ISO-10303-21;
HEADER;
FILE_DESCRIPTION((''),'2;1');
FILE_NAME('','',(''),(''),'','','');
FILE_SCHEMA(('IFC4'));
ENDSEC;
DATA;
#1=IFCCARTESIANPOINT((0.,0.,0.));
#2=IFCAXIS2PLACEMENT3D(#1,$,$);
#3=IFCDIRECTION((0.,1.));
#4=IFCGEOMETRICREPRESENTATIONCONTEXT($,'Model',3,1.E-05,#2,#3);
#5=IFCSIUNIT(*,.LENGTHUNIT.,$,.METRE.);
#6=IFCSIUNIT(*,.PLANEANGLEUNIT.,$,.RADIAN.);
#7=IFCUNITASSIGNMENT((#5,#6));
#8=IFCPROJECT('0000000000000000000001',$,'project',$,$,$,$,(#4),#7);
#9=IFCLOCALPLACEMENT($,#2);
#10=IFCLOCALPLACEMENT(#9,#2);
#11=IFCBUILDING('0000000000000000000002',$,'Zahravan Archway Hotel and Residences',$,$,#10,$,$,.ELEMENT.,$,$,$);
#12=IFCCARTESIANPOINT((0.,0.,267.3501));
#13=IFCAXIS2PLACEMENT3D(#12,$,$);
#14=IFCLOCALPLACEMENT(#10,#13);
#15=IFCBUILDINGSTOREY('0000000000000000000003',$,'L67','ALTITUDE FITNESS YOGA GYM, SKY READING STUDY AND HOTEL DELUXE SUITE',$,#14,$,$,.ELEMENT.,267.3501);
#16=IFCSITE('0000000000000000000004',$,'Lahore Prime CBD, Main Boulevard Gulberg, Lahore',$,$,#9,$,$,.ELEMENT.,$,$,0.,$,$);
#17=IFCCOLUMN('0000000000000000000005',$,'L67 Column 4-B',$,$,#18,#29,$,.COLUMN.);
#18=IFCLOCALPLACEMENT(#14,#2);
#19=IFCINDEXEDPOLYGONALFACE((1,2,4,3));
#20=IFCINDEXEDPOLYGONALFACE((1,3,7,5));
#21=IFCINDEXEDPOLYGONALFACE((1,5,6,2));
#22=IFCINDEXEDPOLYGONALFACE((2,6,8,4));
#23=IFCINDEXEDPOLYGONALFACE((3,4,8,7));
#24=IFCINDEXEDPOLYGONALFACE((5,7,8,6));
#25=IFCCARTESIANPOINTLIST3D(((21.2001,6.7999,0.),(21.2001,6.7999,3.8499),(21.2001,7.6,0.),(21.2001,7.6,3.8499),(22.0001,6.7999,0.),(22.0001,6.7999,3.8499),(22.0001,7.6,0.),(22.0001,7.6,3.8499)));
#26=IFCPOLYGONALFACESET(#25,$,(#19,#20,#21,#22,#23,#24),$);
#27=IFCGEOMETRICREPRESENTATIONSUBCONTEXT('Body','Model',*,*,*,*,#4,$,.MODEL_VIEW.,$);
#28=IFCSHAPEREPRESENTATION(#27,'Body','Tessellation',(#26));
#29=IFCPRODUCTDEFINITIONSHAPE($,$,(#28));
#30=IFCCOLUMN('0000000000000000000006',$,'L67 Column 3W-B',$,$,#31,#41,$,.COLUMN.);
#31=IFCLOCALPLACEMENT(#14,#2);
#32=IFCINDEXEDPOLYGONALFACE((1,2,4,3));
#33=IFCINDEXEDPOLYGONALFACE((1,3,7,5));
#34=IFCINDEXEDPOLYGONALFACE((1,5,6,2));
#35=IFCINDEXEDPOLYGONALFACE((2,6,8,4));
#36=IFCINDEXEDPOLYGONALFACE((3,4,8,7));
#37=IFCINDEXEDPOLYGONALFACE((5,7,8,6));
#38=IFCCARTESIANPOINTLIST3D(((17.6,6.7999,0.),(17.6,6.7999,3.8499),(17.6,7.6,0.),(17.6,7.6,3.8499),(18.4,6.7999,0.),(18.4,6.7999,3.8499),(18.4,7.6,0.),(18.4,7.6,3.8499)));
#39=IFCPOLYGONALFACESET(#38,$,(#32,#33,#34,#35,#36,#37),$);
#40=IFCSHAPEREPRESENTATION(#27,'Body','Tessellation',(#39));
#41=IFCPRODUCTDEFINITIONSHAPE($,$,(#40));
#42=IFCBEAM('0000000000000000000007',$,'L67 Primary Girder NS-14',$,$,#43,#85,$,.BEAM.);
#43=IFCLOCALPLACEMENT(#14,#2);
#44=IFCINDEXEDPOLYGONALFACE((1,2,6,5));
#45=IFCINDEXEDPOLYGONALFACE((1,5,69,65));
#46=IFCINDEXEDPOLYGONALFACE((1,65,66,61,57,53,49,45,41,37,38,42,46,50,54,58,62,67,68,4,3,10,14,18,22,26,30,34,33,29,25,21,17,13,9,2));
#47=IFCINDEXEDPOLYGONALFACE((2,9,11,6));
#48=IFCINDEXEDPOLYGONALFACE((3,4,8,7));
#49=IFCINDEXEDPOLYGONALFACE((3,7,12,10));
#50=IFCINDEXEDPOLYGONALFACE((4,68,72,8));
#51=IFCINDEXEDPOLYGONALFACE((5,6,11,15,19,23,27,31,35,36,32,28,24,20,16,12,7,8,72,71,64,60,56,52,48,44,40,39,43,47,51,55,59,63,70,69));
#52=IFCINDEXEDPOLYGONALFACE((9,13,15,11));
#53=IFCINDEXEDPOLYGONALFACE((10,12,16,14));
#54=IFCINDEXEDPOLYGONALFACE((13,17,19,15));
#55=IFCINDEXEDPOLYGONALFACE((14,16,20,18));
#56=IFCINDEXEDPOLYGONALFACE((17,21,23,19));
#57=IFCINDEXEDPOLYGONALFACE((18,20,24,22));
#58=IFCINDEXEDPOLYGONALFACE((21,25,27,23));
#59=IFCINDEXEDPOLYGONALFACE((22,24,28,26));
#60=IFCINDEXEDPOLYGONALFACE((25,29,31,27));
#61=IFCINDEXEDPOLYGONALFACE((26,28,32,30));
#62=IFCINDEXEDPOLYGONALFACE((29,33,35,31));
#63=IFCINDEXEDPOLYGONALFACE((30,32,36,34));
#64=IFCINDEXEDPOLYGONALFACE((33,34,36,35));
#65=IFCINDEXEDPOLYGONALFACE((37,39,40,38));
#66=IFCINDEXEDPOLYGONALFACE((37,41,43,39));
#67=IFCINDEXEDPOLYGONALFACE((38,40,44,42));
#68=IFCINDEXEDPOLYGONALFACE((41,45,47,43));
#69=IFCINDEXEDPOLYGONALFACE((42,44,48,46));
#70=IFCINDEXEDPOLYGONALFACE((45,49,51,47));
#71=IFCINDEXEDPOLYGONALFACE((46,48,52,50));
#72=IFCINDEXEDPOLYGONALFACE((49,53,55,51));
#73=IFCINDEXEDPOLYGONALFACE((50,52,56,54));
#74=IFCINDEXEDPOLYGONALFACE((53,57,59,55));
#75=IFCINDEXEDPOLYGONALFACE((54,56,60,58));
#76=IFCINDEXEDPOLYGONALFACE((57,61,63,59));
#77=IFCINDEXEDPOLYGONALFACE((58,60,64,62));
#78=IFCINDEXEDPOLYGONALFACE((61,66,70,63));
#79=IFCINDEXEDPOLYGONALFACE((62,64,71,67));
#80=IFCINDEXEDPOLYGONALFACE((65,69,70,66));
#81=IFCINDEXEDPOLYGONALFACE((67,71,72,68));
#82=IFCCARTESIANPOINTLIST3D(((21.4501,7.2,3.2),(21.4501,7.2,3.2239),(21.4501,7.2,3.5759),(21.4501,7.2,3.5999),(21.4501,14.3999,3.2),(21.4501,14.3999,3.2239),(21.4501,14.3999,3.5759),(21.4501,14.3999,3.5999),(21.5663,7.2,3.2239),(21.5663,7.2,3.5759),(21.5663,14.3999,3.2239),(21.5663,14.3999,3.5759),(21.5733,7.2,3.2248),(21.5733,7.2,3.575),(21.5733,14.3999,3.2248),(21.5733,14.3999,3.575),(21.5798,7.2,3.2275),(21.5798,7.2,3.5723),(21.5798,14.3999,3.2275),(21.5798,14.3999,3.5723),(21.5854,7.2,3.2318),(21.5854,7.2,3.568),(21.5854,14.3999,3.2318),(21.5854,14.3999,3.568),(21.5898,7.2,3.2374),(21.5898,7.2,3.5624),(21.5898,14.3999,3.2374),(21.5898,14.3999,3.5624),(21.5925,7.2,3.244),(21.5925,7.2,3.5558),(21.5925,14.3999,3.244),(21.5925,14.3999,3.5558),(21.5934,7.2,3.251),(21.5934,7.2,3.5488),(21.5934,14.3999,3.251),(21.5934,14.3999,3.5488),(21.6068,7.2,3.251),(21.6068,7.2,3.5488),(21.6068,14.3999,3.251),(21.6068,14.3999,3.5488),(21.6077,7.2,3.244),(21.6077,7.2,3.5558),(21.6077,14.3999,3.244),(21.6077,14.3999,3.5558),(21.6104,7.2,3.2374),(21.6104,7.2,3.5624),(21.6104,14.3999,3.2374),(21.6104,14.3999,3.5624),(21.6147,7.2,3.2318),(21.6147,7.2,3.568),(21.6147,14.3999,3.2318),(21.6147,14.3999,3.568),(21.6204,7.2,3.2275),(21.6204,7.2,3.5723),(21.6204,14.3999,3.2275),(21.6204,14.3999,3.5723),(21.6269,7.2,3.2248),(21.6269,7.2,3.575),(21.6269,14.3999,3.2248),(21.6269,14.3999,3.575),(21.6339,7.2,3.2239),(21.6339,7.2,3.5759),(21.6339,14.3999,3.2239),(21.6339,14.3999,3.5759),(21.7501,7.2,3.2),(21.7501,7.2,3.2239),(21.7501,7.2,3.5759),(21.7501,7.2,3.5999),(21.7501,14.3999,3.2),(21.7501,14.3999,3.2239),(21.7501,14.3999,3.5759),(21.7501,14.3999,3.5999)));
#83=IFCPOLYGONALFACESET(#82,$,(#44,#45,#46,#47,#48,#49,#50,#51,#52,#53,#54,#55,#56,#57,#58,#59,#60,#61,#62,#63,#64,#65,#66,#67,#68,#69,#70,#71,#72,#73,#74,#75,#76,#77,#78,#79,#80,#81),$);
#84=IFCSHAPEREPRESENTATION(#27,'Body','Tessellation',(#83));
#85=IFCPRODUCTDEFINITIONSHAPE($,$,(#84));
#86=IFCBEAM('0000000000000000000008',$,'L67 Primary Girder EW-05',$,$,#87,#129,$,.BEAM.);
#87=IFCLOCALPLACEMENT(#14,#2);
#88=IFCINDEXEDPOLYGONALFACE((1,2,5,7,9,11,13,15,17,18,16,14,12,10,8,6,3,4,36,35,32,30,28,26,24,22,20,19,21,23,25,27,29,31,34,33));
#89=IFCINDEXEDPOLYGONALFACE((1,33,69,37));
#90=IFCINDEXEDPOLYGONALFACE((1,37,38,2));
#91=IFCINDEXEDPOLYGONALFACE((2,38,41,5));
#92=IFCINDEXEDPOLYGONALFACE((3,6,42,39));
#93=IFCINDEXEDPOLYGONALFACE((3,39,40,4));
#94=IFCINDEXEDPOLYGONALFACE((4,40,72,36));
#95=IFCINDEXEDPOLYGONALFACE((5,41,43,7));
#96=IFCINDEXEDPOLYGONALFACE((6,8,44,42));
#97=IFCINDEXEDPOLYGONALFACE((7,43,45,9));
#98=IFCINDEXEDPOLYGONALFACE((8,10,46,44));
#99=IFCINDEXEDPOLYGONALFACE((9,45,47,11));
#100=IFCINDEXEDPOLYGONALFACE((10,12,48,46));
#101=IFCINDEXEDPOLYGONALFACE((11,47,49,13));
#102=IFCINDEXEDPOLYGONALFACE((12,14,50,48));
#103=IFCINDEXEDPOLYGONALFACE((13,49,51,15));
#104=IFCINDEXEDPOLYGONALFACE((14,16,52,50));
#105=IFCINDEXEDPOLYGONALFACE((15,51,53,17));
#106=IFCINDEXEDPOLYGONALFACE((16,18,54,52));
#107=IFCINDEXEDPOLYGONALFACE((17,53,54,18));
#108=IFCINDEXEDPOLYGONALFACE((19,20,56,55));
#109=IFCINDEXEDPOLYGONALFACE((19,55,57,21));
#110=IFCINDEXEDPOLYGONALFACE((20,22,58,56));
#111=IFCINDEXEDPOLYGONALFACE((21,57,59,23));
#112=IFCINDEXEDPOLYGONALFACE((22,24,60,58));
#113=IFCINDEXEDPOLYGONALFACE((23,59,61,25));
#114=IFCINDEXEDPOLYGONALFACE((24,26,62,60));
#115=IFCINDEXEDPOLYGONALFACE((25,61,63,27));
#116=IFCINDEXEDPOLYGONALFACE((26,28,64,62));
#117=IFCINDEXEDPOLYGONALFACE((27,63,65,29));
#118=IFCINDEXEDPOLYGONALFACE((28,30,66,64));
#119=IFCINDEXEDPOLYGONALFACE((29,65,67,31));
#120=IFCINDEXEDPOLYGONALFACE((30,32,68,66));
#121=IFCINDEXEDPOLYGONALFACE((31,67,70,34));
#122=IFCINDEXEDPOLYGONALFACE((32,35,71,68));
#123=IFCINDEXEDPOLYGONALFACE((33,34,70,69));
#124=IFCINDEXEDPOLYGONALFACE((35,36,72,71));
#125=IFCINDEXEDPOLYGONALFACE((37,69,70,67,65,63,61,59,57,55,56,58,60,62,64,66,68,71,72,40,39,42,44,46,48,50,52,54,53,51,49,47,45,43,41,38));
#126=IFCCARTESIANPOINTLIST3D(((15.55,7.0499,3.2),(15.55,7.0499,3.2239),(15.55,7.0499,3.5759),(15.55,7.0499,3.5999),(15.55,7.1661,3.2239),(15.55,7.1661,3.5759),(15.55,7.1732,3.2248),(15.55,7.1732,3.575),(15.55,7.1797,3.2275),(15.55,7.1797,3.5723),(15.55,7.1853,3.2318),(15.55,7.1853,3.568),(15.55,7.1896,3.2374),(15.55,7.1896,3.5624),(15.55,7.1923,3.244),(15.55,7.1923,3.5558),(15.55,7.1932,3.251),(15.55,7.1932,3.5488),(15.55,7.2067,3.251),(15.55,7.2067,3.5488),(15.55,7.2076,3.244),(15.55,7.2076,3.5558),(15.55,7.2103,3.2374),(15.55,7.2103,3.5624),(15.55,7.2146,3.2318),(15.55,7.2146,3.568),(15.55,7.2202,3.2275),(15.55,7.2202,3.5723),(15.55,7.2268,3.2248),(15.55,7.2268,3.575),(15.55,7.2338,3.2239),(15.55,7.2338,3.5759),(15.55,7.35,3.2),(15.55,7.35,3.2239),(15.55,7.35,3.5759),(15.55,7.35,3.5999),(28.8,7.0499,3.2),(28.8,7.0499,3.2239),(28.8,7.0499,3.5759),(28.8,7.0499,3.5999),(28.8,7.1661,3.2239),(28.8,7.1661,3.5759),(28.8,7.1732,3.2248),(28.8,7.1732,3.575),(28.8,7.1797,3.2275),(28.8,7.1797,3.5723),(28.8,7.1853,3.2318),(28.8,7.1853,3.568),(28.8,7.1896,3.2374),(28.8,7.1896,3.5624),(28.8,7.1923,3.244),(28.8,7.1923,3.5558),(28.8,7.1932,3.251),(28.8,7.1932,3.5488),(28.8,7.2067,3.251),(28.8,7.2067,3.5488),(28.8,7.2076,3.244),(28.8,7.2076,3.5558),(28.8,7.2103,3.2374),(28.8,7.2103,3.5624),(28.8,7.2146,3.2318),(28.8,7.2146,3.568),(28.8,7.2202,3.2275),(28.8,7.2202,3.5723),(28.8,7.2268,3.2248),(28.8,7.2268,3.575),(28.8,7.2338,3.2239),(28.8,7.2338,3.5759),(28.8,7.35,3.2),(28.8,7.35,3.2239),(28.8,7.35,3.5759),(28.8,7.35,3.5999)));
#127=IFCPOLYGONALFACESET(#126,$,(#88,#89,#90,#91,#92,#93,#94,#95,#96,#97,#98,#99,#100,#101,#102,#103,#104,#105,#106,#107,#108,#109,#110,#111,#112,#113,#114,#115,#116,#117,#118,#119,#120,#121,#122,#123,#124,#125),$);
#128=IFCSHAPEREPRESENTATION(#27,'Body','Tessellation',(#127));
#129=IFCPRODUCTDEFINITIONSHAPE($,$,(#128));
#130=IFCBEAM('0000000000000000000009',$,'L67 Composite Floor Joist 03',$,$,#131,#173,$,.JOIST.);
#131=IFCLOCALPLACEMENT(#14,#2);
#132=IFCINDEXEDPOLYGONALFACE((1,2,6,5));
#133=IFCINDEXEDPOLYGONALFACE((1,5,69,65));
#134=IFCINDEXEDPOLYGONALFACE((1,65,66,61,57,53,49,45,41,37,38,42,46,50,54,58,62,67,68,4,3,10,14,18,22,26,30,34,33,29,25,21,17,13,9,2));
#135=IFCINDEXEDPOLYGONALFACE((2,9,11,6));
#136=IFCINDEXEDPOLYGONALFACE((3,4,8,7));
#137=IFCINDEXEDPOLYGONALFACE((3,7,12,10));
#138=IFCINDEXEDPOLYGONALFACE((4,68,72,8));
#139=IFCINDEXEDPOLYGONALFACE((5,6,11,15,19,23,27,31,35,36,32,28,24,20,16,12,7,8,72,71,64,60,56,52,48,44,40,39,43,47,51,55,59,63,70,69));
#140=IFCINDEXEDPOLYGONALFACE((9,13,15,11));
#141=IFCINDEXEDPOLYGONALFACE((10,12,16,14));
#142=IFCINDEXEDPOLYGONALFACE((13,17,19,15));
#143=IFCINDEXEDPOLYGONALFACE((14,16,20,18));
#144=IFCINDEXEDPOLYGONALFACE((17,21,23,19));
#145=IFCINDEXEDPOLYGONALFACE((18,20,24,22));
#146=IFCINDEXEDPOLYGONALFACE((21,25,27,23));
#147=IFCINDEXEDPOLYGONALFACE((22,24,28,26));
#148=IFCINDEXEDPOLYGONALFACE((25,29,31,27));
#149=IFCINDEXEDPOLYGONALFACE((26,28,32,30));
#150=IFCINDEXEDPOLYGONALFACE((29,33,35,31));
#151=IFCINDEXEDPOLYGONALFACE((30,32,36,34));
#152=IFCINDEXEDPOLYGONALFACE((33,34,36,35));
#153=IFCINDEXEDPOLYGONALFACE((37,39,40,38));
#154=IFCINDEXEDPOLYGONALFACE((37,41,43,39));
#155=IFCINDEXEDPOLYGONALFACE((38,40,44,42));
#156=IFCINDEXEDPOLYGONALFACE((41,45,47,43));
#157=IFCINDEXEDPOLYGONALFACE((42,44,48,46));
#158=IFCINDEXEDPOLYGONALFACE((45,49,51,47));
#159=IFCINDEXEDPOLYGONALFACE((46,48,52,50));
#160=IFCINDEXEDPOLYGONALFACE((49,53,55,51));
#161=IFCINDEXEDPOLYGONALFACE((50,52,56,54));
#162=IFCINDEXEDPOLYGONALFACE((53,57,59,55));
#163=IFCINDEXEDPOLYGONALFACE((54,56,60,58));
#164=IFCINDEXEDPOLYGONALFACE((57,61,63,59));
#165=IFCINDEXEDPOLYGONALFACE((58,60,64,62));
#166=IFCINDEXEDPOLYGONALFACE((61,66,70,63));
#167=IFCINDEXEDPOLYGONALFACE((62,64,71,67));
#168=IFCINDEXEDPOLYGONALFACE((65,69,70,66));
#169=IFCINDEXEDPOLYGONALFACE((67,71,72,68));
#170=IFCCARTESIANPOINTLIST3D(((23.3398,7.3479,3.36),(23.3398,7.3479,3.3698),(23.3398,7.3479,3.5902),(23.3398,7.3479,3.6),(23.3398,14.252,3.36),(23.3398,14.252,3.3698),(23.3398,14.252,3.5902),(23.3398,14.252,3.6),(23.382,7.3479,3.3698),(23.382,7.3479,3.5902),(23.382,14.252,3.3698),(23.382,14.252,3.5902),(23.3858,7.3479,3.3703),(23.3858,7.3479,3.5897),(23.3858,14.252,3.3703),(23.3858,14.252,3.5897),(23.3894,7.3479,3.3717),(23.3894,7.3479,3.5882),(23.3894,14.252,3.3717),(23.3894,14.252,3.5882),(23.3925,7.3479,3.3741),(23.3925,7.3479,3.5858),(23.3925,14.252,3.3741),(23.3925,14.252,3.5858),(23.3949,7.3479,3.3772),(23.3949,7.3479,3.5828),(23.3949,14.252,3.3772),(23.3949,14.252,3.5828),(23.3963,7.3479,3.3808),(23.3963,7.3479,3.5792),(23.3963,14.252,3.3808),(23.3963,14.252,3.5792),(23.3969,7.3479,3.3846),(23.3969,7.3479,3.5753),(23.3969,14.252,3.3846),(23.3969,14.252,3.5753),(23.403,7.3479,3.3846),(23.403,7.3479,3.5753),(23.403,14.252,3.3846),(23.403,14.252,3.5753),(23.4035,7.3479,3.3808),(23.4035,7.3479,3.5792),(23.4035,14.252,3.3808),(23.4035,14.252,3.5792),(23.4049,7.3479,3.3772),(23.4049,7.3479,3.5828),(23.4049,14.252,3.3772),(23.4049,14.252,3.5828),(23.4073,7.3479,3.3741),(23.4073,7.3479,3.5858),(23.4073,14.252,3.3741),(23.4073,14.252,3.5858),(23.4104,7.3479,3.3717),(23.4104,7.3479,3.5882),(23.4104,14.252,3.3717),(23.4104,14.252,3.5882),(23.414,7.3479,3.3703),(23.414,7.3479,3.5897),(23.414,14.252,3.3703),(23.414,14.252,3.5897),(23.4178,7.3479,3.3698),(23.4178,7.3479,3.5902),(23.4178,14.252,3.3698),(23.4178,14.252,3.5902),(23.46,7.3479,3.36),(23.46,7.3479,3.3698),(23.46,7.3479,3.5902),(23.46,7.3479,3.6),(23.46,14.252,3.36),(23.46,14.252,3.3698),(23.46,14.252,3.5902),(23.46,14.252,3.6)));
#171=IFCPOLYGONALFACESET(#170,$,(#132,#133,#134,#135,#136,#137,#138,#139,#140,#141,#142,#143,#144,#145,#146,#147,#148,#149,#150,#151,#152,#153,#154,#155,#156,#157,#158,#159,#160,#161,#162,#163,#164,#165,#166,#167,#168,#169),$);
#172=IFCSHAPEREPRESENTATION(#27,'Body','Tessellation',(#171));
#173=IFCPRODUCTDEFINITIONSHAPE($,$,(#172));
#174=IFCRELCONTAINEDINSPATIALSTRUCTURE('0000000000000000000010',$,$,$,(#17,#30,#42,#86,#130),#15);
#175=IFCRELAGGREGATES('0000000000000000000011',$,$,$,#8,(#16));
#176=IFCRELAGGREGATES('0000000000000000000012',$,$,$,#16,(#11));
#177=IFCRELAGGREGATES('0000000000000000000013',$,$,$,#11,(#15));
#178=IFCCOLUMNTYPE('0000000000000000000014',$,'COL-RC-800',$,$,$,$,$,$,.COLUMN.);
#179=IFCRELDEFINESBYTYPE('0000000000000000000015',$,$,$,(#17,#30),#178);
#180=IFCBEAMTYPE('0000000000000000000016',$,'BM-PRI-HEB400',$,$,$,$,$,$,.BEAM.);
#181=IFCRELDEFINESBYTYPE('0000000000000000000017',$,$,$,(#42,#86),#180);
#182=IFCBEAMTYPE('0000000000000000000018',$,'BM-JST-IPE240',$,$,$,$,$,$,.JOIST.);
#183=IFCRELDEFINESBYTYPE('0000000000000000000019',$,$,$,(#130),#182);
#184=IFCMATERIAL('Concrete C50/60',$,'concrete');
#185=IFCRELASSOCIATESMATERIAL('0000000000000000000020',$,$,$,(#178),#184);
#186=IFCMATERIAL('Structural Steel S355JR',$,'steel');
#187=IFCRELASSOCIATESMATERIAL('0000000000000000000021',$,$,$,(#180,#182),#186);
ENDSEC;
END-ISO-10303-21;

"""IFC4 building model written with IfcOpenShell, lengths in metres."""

from ifc_helpers import new_model, si_unit, direction, frame, origin, origin_2d, place, context, subcontext, project, spatial, rectangle, i_section, extrude, source, transform, mapped, material, material_profile, profile_set, type_object, type_shapes, element, save


model = new_model("IFC4")

# Units and contexts
model_context = context("Model", 3, precision=1e-05, world=origin(), true_north=direction((0.0, 1.0)))
body_context = subcontext(model_context, "Body", "Model", "MODEL_VIEW")
ifc_project = project(units=[si_unit("LENGTHUNIT", "METRE"), si_unit("PLANEANGLEUNIT", "RADIAN")], contexts=[model_context])

# Site, building, storey
site_placement = place(None, origin())
site = spatial("IfcSite", under=ifc_project, at=site_placement, Name="Lahore Prime CBD, Main Boulevard Gulberg, Lahore", CompositionType="ELEMENT", RefElevation=0.0)
building_placement = place(site_placement, origin())
building = spatial("IfcBuilding", under=site, at=building_placement, Name="Zahravan Archway Hotel and Residences", CompositionType="ELEMENT")
storey_placement = place(building_placement, frame((0.0, 0.0, 267.3501)))
storey = spatial("IfcBuildingStorey", under=building, at=storey_placement, Name="L67", Description="ALTITUDE FITNESS YOGA GYM, SKY READING STUDY AND HOTEL DELUXE SUITE", CompositionType="ELEMENT", Elevation=267.3501)

# Columns
ifc_material_1 = material(Name="Concrete C50/60", Category="concrete")
ifc_material_profile_1 = material_profile(ifc_material_1, rectangle(XDim=0.8, YDim=0.8, at=origin_2d()), Name="RC-COL-800x800", Category="concrete")
ifc_profile_set_1 = profile_set([ifc_material_profile_1], Name="Concrete C50/60")
column_type = type_object("IfcColumnType", Name="COL-RC-800", PredefinedType="COLUMN", material=ifc_profile_set_1)
shared_shape_1 = source(origin(), body_context, "Body", "SweptSolid", [
    extrude(rectangle(XDim=0.8, YDim=0.8, at=origin_2d()), origin(), (0.0, 0.0, 1.0), 3.8499),
])
for number, where, z_axis, x_axis, name in (
    (1, (21.6001, 7.2, 0.0), (0.0, 0.0, 1.0), (1.0, 0.0, 0.0), "L67 Column 4-B"),
    (2, (18.0, 7.2, 0.0), (0.0, 0.0, 1.0), (1.0, 0.0, 0.0), "L67 Column 3W-B"),
):
    element("IfcColumn", number, at=place(storey_placement, frame(where, z_axis=z_axis, x_axis=x_axis)), inside=storey, type_object=column_type, Name=name, PredefinedType="COLUMN", context=body_context, shape_type="MappedRepresentation", body=[
        mapped(shared_shape_1, transform((0.0, 0.0, 0.0), scale=1.0)),
    ])

# Beams
ifc_material_2 = material(Name="Structural Steel S355JR", Category="steel")
ifc_material_profile_2 = material_profile(ifc_material_2, i_section(OverallWidth=0.3, OverallDepth=0.3999, WebThickness=0.0134, FlangeThickness=0.0239, FilletRadius=0.0271, at=origin_2d()), Name="HEB 400", Category="steel")
ifc_profile_set_2 = profile_set([ifc_material_profile_2], Name="Structural Steel S355JR")
beam_type_1 = type_object("IfcBeamType", Name="BM-PRI-HEB400", PredefinedType="BEAM", material=ifc_profile_set_2)
shared_shape_2 = source(origin(), body_context, "Body", "SweptSolid", [
    extrude(i_section(OverallWidth=0.3, OverallDepth=0.3999, WebThickness=0.0134, FlangeThickness=0.0239, FilletRadius=0.0271, at=origin_2d()), origin(), (0.0, 0.0, 1.0), 7.2),
])
type_shapes(beam_type_1, [shared_shape_2])
beam_1_placement = place(storey_placement, frame((21.6001, 7.2, 3.3999), z_axis=(0.0, 1.0, 0.0), x_axis=(-1.0, 0.0, 0.0)))
element("IfcBeam", 3, at=beam_1_placement, inside=storey, type_object=beam_type_1, Name="L67 Primary Girder NS-14", PredefinedType="BEAM", context=body_context, shape_type="MappedRepresentation", body=[
    mapped(shared_shape_2, transform((0.0, 0.0, 0.0), scale=1.0)),
])
shared_shape_3 = source(origin(), body_context, "Body", "SweptSolid", [
    extrude(i_section(OverallWidth=0.3, OverallDepth=0.3999, WebThickness=0.0134, FlangeThickness=0.0239, FilletRadius=0.0271, at=origin_2d()), origin(), (0.0, 0.0, 1.0), 13.25),
])
beam_2_placement = place(storey_placement, frame((15.55, 7.2, 3.3999), z_axis=(1.0, 0.0, 0.0), x_axis=(0.0, 1.0, 0.0)))
element("IfcBeam", 4, at=beam_2_placement, inside=storey, type_object=beam_type_1, Name="L67 Primary Girder EW-05", PredefinedType="BEAM", context=body_context, shape_type="MappedRepresentation", body=[
    mapped(shared_shape_3, transform((0.0, 0.0, 0.0), scale=1.0)),
])
ifc_material_profile_3 = material_profile(ifc_material_2, i_section(OverallWidth=0.1201, OverallDepth=0.24, WebThickness=0.0061, FlangeThickness=0.0098, FilletRadius=0.0149, at=origin_2d()), Name="IPE 240", Category="steel")
ifc_profile_set_3 = profile_set([ifc_material_profile_3], Name="Structural Steel S355JR")
beam_type_2 = type_object("IfcBeamType", Name="BM-JST-IPE240", PredefinedType="JOIST", material=ifc_profile_set_3)
shared_shape_4 = source(origin(), body_context, "Body", "SweptSolid", [
    extrude(i_section(OverallWidth=0.1201, OverallDepth=0.24, WebThickness=0.0061, FlangeThickness=0.0098, FilletRadius=0.0149, at=origin_2d()), origin(), (0.0, 0.0, 1.0), 6.9041),
])
type_shapes(beam_type_2, [shared_shape_4])
beam_3_placement = place(storey_placement, frame((23.3999, 7.3479, 3.48), z_axis=(0.0, 1.0, 0.0), x_axis=(-1.0, 0.0, 0.0)))
element("IfcBeam", 5, at=beam_3_placement, inside=storey, type_object=beam_type_2, Name="L67 Composite Floor Joist 03", PredefinedType="JOIST", context=body_context, shape_type="MappedRepresentation", body=[
    mapped(shared_shape_4, transform((0.0, 0.0, 0.0), scale=1.0)),
])

save(model, "model.ifc")
